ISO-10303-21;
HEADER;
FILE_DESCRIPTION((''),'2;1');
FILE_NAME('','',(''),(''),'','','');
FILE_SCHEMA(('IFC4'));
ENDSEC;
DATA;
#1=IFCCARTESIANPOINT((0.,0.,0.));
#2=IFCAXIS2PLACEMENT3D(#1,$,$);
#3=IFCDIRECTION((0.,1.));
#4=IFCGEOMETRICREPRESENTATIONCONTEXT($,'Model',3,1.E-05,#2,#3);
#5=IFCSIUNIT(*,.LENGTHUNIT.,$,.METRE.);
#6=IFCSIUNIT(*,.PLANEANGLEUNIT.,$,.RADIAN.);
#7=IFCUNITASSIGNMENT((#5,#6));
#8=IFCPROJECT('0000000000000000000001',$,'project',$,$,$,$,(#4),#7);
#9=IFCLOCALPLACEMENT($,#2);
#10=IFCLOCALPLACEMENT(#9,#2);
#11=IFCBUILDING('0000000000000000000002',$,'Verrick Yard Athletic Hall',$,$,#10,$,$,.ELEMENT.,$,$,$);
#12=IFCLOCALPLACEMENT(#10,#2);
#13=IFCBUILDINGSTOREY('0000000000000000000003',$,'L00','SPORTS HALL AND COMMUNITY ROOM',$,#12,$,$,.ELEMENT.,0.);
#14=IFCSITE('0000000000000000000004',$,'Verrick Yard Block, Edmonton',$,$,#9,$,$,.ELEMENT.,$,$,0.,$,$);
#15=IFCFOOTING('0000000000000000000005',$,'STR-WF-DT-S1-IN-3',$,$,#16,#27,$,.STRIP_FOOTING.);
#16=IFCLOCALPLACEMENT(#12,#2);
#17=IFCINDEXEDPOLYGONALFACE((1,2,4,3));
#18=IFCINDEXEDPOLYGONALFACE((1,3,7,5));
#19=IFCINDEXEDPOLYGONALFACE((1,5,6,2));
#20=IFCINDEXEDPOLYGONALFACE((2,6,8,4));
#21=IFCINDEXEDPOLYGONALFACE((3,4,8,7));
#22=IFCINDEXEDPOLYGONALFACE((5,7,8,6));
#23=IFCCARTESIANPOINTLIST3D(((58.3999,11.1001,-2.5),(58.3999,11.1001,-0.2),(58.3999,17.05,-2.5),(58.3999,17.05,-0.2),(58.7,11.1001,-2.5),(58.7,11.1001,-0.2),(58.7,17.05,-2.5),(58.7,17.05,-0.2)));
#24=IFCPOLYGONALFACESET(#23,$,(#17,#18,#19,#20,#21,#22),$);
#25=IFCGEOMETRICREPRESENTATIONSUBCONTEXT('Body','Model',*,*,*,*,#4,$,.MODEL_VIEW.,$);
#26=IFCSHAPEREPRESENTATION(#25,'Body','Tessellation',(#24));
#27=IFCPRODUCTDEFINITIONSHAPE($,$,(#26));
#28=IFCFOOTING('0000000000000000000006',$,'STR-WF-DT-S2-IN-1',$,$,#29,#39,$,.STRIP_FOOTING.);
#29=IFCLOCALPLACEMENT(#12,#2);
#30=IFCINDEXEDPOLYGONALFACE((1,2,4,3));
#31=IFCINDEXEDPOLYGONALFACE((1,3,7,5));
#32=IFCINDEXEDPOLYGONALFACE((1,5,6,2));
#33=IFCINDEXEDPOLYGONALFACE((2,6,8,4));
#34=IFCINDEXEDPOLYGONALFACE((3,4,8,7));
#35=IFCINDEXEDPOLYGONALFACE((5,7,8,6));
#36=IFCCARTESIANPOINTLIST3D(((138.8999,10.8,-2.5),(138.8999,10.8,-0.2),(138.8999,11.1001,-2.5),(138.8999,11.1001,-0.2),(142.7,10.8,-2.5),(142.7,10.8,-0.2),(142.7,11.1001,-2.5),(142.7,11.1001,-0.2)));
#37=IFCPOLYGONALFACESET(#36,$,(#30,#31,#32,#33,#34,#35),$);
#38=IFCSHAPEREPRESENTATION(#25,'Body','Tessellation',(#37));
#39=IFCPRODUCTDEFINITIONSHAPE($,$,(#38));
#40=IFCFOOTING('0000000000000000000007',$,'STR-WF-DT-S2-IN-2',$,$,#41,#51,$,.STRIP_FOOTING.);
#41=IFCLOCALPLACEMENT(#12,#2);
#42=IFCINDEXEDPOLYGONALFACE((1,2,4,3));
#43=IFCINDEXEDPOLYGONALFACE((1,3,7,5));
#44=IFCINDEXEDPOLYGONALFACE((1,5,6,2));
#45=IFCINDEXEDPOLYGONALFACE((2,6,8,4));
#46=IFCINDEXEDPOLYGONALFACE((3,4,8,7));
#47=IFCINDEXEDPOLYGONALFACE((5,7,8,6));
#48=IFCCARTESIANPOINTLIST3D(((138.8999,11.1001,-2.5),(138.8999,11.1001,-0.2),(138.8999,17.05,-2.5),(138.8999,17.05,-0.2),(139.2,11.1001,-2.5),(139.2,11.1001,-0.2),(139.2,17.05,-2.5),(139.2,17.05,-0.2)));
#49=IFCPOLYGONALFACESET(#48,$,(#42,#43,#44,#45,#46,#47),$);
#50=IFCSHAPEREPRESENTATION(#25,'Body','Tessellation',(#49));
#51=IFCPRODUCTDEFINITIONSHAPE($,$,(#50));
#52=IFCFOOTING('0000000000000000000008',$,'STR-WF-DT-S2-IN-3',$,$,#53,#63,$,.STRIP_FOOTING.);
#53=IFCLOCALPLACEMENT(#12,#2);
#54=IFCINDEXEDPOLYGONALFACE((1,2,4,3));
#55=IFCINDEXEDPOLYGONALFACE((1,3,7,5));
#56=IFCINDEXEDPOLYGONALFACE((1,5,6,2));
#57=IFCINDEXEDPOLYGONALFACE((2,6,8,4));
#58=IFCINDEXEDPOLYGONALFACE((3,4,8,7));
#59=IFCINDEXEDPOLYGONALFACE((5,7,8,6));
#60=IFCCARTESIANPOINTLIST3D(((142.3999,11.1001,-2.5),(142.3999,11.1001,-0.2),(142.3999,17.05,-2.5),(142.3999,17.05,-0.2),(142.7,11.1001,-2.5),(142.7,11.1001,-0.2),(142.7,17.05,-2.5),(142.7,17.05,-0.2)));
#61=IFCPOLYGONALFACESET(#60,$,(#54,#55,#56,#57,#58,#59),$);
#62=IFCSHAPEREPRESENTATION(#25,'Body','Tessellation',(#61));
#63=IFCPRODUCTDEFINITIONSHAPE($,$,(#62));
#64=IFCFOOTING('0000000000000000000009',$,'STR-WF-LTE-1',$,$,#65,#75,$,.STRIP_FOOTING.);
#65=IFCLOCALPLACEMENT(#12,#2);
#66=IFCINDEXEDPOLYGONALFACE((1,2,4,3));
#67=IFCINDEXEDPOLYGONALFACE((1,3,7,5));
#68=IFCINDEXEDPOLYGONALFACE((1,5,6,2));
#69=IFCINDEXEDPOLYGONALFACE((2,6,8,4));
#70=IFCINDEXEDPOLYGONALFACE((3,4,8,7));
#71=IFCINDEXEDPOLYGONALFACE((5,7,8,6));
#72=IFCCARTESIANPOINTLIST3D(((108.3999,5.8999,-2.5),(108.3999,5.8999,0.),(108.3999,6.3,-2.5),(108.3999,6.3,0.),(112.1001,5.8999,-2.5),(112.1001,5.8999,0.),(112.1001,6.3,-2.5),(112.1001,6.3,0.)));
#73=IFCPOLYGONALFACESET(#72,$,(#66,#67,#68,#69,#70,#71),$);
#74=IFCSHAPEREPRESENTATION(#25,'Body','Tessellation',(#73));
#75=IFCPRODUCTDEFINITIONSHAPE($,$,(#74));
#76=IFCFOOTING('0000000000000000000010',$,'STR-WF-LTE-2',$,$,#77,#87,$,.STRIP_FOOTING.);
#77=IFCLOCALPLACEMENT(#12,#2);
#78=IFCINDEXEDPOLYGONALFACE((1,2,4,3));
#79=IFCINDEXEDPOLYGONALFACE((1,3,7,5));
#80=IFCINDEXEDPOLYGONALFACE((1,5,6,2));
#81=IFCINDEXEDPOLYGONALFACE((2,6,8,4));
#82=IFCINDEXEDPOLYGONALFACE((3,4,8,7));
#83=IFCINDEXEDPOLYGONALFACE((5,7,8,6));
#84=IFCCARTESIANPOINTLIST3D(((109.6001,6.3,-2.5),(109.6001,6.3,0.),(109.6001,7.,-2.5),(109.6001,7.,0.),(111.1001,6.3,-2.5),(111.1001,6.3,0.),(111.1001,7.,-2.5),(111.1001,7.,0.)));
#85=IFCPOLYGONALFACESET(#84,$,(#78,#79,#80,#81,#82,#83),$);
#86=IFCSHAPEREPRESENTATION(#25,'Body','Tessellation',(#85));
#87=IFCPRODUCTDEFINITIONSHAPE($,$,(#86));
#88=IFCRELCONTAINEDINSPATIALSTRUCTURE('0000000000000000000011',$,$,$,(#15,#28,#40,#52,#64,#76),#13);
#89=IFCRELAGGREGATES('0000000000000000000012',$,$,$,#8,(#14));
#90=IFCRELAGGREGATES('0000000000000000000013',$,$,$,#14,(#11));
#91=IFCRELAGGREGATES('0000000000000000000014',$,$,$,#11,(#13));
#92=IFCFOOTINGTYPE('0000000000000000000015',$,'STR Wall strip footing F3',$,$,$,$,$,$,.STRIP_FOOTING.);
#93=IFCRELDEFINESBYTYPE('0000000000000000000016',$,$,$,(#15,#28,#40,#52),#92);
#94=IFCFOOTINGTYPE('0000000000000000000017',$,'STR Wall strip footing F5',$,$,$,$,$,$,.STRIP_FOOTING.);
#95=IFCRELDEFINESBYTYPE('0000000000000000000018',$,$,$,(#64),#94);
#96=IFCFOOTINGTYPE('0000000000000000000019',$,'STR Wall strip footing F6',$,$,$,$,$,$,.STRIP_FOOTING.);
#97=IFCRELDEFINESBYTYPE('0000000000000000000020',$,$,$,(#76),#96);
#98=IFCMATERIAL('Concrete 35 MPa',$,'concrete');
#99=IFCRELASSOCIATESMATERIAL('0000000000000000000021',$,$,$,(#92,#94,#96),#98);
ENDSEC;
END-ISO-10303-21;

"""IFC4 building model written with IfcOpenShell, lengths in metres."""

from ifc_helpers import new_model, si_unit, direction, frame, origin, origin_2d, place, context, subcontext, project, spatial, polyline, rectangle, outline, extrude, material, material_profile, profile_set, type_object, element, save


model = new_model("IFC4")

# Units and contexts
model_context = context("Model", 3, precision=1e-05, world=origin(), true_north=direction((0.0, 1.0)))
body_context = subcontext(model_context, "Body", "Model", "MODEL_VIEW")
ifc_project = project(units=[si_unit("LENGTHUNIT", "METRE"), si_unit("PLANEANGLEUNIT", "RADIAN")], contexts=[model_context])

# Site, building, storey
site_placement = place(None, origin())
site = spatial("IfcSite", under=ifc_project, at=site_placement, Name="Verrick Yard Block, Edmonton", CompositionType="ELEMENT", RefElevation=0.0)
building_placement = place(site_placement, origin())
building = spatial("IfcBuilding", under=site, at=building_placement, Name="Verrick Yard Athletic Hall", CompositionType="ELEMENT")
storey_placement = place(building_placement, origin())
storey = spatial("IfcBuildingStorey", under=building, at=storey_placement, Name="L00", Description="SPORTS HALL AND COMMUNITY ROOM", CompositionType="ELEMENT", Elevation=0.0)

# Footings
ifc_material = material(Name="Concrete 35 MPa", Category="concrete")
ifc_material_profile_1 = material_profile(ifc_material, rectangle(XDim=0.3, YDim=2.3, at=origin_2d()), Name="STR Wall strip footing F3")
ifc_profile_set_1 = profile_set([ifc_material_profile_1], Name="Concrete 35 MPa")
footing_type_1 = type_object("IfcFootingType", Name="STR Wall strip footing F3", PredefinedType="STRIP_FOOTING", material=ifc_profile_set_1)
footing_1_placement = place(storey_placement, frame((0.0, 0.0, -2.5)))
element("IfcFooting", 1, at=footing_1_placement, inside=storey, type_object=footing_type_1, Name="STR-WF-DT-S1-IN-3", PredefinedType="STRIP_FOOTING", context=body_context, shape_type="SweptSolid", body=[
    extrude(outline(polyline([(58.3999, 11.1001), (58.7, 11.1001), (58.7, 17.05), (58.3999, 17.05), (58.3999, 11.1001)])), origin(), (0.0, 0.0, 1.0), 2.3),
])
footing_2_placement = place(storey_placement, frame((0.0, 0.0, -2.5)))
element("IfcFooting", 2, at=footing_2_placement, inside=storey, type_object=footing_type_1, Name="STR-WF-DT-S2-IN-1", PredefinedType="STRIP_FOOTING", context=body_context, shape_type="SweptSolid", body=[
    extrude(outline(polyline([(138.8999, 10.8), (142.7, 10.8), (142.7, 11.1001), (138.8999, 11.1001), (138.8999, 10.8)])), origin(), (0.0, 0.0, 1.0), 2.3),
])
footing_3_placement = place(storey_placement, frame((0.0, 0.0, -2.5)))
element("IfcFooting", 3, at=footing_3_placement, inside=storey, type_object=footing_type_1, Name="STR-WF-DT-S2-IN-2", PredefinedType="STRIP_FOOTING", context=body_context, shape_type="SweptSolid", body=[
    extrude(outline(polyline([(138.8999, 11.1001), (139.2, 11.1001), (139.2, 17.05), (138.8999, 17.05), (138.8999, 11.1001)])), origin(), (0.0, 0.0, 1.0), 2.3),
])
footing_4_placement = place(storey_placement, frame((0.0, 0.0, -2.5)))
element("IfcFooting", 4, at=footing_4_placement, inside=storey, type_object=footing_type_1, Name="STR-WF-DT-S2-IN-3", PredefinedType="STRIP_FOOTING", context=body_context, shape_type="SweptSolid", body=[
    extrude(outline(polyline([(142.3999, 11.1001), (142.7, 11.1001), (142.7, 17.05), (142.3999, 17.05), (142.3999, 11.1001)])), origin(), (0.0, 0.0, 1.0), 2.3),
])
ifc_material_profile_2 = material_profile(ifc_material, rectangle(XDim=0.3999, YDim=2.5, at=origin_2d()), Name="STR Wall strip footing F5")
ifc_profile_set_2 = profile_set([ifc_material_profile_2], Name="Concrete 35 MPa")
footing_type_2 = type_object("IfcFootingType", Name="STR Wall strip footing F5", PredefinedType="STRIP_FOOTING", material=ifc_profile_set_2)
footing_5_placement = place(storey_placement, frame((0.0, 0.0, -2.5)))
element("IfcFooting", 5, at=footing_5_placement, inside=storey, type_object=footing_type_2, Name="STR-WF-LTE-1", PredefinedType="STRIP_FOOTING", context=body_context, shape_type="SweptSolid", body=[
    extrude(outline(polyline([(108.3999, 5.8999), (112.1001, 5.8999), (112.1001, 6.3), (108.3999, 6.3), (108.3999, 5.8999)])), origin(), (0.0, 0.0, 1.0), 2.5),
])
ifc_material_profile_3 = material_profile(ifc_material, rectangle(XDim=0.7, YDim=2.5, at=origin_2d()), Name="STR Wall strip footing F6")
ifc_profile_set_3 = profile_set([ifc_material_profile_3], Name="Concrete 35 MPa")
footing_type_3 = type_object("IfcFootingType", Name="STR Wall strip footing F6", PredefinedType="STRIP_FOOTING", material=ifc_profile_set_3)
footing_6_placement = place(storey_placement, frame((0.0, 0.0, -2.5)))
element("IfcFooting", 6, at=footing_6_placement, inside=storey, type_object=footing_type_3, Name="STR-WF-LTE-2", PredefinedType="STRIP_FOOTING", context=body_context, shape_type="SweptSolid", body=[
    extrude(outline(polyline([(109.6001, 6.3), (111.1001, 6.3), (111.1001, 7.0), (109.6001, 7.0), (109.6001, 6.3)])), origin(), (0.0, 0.0, 1.0), 2.5),
])

save(model, "model.ifc")
